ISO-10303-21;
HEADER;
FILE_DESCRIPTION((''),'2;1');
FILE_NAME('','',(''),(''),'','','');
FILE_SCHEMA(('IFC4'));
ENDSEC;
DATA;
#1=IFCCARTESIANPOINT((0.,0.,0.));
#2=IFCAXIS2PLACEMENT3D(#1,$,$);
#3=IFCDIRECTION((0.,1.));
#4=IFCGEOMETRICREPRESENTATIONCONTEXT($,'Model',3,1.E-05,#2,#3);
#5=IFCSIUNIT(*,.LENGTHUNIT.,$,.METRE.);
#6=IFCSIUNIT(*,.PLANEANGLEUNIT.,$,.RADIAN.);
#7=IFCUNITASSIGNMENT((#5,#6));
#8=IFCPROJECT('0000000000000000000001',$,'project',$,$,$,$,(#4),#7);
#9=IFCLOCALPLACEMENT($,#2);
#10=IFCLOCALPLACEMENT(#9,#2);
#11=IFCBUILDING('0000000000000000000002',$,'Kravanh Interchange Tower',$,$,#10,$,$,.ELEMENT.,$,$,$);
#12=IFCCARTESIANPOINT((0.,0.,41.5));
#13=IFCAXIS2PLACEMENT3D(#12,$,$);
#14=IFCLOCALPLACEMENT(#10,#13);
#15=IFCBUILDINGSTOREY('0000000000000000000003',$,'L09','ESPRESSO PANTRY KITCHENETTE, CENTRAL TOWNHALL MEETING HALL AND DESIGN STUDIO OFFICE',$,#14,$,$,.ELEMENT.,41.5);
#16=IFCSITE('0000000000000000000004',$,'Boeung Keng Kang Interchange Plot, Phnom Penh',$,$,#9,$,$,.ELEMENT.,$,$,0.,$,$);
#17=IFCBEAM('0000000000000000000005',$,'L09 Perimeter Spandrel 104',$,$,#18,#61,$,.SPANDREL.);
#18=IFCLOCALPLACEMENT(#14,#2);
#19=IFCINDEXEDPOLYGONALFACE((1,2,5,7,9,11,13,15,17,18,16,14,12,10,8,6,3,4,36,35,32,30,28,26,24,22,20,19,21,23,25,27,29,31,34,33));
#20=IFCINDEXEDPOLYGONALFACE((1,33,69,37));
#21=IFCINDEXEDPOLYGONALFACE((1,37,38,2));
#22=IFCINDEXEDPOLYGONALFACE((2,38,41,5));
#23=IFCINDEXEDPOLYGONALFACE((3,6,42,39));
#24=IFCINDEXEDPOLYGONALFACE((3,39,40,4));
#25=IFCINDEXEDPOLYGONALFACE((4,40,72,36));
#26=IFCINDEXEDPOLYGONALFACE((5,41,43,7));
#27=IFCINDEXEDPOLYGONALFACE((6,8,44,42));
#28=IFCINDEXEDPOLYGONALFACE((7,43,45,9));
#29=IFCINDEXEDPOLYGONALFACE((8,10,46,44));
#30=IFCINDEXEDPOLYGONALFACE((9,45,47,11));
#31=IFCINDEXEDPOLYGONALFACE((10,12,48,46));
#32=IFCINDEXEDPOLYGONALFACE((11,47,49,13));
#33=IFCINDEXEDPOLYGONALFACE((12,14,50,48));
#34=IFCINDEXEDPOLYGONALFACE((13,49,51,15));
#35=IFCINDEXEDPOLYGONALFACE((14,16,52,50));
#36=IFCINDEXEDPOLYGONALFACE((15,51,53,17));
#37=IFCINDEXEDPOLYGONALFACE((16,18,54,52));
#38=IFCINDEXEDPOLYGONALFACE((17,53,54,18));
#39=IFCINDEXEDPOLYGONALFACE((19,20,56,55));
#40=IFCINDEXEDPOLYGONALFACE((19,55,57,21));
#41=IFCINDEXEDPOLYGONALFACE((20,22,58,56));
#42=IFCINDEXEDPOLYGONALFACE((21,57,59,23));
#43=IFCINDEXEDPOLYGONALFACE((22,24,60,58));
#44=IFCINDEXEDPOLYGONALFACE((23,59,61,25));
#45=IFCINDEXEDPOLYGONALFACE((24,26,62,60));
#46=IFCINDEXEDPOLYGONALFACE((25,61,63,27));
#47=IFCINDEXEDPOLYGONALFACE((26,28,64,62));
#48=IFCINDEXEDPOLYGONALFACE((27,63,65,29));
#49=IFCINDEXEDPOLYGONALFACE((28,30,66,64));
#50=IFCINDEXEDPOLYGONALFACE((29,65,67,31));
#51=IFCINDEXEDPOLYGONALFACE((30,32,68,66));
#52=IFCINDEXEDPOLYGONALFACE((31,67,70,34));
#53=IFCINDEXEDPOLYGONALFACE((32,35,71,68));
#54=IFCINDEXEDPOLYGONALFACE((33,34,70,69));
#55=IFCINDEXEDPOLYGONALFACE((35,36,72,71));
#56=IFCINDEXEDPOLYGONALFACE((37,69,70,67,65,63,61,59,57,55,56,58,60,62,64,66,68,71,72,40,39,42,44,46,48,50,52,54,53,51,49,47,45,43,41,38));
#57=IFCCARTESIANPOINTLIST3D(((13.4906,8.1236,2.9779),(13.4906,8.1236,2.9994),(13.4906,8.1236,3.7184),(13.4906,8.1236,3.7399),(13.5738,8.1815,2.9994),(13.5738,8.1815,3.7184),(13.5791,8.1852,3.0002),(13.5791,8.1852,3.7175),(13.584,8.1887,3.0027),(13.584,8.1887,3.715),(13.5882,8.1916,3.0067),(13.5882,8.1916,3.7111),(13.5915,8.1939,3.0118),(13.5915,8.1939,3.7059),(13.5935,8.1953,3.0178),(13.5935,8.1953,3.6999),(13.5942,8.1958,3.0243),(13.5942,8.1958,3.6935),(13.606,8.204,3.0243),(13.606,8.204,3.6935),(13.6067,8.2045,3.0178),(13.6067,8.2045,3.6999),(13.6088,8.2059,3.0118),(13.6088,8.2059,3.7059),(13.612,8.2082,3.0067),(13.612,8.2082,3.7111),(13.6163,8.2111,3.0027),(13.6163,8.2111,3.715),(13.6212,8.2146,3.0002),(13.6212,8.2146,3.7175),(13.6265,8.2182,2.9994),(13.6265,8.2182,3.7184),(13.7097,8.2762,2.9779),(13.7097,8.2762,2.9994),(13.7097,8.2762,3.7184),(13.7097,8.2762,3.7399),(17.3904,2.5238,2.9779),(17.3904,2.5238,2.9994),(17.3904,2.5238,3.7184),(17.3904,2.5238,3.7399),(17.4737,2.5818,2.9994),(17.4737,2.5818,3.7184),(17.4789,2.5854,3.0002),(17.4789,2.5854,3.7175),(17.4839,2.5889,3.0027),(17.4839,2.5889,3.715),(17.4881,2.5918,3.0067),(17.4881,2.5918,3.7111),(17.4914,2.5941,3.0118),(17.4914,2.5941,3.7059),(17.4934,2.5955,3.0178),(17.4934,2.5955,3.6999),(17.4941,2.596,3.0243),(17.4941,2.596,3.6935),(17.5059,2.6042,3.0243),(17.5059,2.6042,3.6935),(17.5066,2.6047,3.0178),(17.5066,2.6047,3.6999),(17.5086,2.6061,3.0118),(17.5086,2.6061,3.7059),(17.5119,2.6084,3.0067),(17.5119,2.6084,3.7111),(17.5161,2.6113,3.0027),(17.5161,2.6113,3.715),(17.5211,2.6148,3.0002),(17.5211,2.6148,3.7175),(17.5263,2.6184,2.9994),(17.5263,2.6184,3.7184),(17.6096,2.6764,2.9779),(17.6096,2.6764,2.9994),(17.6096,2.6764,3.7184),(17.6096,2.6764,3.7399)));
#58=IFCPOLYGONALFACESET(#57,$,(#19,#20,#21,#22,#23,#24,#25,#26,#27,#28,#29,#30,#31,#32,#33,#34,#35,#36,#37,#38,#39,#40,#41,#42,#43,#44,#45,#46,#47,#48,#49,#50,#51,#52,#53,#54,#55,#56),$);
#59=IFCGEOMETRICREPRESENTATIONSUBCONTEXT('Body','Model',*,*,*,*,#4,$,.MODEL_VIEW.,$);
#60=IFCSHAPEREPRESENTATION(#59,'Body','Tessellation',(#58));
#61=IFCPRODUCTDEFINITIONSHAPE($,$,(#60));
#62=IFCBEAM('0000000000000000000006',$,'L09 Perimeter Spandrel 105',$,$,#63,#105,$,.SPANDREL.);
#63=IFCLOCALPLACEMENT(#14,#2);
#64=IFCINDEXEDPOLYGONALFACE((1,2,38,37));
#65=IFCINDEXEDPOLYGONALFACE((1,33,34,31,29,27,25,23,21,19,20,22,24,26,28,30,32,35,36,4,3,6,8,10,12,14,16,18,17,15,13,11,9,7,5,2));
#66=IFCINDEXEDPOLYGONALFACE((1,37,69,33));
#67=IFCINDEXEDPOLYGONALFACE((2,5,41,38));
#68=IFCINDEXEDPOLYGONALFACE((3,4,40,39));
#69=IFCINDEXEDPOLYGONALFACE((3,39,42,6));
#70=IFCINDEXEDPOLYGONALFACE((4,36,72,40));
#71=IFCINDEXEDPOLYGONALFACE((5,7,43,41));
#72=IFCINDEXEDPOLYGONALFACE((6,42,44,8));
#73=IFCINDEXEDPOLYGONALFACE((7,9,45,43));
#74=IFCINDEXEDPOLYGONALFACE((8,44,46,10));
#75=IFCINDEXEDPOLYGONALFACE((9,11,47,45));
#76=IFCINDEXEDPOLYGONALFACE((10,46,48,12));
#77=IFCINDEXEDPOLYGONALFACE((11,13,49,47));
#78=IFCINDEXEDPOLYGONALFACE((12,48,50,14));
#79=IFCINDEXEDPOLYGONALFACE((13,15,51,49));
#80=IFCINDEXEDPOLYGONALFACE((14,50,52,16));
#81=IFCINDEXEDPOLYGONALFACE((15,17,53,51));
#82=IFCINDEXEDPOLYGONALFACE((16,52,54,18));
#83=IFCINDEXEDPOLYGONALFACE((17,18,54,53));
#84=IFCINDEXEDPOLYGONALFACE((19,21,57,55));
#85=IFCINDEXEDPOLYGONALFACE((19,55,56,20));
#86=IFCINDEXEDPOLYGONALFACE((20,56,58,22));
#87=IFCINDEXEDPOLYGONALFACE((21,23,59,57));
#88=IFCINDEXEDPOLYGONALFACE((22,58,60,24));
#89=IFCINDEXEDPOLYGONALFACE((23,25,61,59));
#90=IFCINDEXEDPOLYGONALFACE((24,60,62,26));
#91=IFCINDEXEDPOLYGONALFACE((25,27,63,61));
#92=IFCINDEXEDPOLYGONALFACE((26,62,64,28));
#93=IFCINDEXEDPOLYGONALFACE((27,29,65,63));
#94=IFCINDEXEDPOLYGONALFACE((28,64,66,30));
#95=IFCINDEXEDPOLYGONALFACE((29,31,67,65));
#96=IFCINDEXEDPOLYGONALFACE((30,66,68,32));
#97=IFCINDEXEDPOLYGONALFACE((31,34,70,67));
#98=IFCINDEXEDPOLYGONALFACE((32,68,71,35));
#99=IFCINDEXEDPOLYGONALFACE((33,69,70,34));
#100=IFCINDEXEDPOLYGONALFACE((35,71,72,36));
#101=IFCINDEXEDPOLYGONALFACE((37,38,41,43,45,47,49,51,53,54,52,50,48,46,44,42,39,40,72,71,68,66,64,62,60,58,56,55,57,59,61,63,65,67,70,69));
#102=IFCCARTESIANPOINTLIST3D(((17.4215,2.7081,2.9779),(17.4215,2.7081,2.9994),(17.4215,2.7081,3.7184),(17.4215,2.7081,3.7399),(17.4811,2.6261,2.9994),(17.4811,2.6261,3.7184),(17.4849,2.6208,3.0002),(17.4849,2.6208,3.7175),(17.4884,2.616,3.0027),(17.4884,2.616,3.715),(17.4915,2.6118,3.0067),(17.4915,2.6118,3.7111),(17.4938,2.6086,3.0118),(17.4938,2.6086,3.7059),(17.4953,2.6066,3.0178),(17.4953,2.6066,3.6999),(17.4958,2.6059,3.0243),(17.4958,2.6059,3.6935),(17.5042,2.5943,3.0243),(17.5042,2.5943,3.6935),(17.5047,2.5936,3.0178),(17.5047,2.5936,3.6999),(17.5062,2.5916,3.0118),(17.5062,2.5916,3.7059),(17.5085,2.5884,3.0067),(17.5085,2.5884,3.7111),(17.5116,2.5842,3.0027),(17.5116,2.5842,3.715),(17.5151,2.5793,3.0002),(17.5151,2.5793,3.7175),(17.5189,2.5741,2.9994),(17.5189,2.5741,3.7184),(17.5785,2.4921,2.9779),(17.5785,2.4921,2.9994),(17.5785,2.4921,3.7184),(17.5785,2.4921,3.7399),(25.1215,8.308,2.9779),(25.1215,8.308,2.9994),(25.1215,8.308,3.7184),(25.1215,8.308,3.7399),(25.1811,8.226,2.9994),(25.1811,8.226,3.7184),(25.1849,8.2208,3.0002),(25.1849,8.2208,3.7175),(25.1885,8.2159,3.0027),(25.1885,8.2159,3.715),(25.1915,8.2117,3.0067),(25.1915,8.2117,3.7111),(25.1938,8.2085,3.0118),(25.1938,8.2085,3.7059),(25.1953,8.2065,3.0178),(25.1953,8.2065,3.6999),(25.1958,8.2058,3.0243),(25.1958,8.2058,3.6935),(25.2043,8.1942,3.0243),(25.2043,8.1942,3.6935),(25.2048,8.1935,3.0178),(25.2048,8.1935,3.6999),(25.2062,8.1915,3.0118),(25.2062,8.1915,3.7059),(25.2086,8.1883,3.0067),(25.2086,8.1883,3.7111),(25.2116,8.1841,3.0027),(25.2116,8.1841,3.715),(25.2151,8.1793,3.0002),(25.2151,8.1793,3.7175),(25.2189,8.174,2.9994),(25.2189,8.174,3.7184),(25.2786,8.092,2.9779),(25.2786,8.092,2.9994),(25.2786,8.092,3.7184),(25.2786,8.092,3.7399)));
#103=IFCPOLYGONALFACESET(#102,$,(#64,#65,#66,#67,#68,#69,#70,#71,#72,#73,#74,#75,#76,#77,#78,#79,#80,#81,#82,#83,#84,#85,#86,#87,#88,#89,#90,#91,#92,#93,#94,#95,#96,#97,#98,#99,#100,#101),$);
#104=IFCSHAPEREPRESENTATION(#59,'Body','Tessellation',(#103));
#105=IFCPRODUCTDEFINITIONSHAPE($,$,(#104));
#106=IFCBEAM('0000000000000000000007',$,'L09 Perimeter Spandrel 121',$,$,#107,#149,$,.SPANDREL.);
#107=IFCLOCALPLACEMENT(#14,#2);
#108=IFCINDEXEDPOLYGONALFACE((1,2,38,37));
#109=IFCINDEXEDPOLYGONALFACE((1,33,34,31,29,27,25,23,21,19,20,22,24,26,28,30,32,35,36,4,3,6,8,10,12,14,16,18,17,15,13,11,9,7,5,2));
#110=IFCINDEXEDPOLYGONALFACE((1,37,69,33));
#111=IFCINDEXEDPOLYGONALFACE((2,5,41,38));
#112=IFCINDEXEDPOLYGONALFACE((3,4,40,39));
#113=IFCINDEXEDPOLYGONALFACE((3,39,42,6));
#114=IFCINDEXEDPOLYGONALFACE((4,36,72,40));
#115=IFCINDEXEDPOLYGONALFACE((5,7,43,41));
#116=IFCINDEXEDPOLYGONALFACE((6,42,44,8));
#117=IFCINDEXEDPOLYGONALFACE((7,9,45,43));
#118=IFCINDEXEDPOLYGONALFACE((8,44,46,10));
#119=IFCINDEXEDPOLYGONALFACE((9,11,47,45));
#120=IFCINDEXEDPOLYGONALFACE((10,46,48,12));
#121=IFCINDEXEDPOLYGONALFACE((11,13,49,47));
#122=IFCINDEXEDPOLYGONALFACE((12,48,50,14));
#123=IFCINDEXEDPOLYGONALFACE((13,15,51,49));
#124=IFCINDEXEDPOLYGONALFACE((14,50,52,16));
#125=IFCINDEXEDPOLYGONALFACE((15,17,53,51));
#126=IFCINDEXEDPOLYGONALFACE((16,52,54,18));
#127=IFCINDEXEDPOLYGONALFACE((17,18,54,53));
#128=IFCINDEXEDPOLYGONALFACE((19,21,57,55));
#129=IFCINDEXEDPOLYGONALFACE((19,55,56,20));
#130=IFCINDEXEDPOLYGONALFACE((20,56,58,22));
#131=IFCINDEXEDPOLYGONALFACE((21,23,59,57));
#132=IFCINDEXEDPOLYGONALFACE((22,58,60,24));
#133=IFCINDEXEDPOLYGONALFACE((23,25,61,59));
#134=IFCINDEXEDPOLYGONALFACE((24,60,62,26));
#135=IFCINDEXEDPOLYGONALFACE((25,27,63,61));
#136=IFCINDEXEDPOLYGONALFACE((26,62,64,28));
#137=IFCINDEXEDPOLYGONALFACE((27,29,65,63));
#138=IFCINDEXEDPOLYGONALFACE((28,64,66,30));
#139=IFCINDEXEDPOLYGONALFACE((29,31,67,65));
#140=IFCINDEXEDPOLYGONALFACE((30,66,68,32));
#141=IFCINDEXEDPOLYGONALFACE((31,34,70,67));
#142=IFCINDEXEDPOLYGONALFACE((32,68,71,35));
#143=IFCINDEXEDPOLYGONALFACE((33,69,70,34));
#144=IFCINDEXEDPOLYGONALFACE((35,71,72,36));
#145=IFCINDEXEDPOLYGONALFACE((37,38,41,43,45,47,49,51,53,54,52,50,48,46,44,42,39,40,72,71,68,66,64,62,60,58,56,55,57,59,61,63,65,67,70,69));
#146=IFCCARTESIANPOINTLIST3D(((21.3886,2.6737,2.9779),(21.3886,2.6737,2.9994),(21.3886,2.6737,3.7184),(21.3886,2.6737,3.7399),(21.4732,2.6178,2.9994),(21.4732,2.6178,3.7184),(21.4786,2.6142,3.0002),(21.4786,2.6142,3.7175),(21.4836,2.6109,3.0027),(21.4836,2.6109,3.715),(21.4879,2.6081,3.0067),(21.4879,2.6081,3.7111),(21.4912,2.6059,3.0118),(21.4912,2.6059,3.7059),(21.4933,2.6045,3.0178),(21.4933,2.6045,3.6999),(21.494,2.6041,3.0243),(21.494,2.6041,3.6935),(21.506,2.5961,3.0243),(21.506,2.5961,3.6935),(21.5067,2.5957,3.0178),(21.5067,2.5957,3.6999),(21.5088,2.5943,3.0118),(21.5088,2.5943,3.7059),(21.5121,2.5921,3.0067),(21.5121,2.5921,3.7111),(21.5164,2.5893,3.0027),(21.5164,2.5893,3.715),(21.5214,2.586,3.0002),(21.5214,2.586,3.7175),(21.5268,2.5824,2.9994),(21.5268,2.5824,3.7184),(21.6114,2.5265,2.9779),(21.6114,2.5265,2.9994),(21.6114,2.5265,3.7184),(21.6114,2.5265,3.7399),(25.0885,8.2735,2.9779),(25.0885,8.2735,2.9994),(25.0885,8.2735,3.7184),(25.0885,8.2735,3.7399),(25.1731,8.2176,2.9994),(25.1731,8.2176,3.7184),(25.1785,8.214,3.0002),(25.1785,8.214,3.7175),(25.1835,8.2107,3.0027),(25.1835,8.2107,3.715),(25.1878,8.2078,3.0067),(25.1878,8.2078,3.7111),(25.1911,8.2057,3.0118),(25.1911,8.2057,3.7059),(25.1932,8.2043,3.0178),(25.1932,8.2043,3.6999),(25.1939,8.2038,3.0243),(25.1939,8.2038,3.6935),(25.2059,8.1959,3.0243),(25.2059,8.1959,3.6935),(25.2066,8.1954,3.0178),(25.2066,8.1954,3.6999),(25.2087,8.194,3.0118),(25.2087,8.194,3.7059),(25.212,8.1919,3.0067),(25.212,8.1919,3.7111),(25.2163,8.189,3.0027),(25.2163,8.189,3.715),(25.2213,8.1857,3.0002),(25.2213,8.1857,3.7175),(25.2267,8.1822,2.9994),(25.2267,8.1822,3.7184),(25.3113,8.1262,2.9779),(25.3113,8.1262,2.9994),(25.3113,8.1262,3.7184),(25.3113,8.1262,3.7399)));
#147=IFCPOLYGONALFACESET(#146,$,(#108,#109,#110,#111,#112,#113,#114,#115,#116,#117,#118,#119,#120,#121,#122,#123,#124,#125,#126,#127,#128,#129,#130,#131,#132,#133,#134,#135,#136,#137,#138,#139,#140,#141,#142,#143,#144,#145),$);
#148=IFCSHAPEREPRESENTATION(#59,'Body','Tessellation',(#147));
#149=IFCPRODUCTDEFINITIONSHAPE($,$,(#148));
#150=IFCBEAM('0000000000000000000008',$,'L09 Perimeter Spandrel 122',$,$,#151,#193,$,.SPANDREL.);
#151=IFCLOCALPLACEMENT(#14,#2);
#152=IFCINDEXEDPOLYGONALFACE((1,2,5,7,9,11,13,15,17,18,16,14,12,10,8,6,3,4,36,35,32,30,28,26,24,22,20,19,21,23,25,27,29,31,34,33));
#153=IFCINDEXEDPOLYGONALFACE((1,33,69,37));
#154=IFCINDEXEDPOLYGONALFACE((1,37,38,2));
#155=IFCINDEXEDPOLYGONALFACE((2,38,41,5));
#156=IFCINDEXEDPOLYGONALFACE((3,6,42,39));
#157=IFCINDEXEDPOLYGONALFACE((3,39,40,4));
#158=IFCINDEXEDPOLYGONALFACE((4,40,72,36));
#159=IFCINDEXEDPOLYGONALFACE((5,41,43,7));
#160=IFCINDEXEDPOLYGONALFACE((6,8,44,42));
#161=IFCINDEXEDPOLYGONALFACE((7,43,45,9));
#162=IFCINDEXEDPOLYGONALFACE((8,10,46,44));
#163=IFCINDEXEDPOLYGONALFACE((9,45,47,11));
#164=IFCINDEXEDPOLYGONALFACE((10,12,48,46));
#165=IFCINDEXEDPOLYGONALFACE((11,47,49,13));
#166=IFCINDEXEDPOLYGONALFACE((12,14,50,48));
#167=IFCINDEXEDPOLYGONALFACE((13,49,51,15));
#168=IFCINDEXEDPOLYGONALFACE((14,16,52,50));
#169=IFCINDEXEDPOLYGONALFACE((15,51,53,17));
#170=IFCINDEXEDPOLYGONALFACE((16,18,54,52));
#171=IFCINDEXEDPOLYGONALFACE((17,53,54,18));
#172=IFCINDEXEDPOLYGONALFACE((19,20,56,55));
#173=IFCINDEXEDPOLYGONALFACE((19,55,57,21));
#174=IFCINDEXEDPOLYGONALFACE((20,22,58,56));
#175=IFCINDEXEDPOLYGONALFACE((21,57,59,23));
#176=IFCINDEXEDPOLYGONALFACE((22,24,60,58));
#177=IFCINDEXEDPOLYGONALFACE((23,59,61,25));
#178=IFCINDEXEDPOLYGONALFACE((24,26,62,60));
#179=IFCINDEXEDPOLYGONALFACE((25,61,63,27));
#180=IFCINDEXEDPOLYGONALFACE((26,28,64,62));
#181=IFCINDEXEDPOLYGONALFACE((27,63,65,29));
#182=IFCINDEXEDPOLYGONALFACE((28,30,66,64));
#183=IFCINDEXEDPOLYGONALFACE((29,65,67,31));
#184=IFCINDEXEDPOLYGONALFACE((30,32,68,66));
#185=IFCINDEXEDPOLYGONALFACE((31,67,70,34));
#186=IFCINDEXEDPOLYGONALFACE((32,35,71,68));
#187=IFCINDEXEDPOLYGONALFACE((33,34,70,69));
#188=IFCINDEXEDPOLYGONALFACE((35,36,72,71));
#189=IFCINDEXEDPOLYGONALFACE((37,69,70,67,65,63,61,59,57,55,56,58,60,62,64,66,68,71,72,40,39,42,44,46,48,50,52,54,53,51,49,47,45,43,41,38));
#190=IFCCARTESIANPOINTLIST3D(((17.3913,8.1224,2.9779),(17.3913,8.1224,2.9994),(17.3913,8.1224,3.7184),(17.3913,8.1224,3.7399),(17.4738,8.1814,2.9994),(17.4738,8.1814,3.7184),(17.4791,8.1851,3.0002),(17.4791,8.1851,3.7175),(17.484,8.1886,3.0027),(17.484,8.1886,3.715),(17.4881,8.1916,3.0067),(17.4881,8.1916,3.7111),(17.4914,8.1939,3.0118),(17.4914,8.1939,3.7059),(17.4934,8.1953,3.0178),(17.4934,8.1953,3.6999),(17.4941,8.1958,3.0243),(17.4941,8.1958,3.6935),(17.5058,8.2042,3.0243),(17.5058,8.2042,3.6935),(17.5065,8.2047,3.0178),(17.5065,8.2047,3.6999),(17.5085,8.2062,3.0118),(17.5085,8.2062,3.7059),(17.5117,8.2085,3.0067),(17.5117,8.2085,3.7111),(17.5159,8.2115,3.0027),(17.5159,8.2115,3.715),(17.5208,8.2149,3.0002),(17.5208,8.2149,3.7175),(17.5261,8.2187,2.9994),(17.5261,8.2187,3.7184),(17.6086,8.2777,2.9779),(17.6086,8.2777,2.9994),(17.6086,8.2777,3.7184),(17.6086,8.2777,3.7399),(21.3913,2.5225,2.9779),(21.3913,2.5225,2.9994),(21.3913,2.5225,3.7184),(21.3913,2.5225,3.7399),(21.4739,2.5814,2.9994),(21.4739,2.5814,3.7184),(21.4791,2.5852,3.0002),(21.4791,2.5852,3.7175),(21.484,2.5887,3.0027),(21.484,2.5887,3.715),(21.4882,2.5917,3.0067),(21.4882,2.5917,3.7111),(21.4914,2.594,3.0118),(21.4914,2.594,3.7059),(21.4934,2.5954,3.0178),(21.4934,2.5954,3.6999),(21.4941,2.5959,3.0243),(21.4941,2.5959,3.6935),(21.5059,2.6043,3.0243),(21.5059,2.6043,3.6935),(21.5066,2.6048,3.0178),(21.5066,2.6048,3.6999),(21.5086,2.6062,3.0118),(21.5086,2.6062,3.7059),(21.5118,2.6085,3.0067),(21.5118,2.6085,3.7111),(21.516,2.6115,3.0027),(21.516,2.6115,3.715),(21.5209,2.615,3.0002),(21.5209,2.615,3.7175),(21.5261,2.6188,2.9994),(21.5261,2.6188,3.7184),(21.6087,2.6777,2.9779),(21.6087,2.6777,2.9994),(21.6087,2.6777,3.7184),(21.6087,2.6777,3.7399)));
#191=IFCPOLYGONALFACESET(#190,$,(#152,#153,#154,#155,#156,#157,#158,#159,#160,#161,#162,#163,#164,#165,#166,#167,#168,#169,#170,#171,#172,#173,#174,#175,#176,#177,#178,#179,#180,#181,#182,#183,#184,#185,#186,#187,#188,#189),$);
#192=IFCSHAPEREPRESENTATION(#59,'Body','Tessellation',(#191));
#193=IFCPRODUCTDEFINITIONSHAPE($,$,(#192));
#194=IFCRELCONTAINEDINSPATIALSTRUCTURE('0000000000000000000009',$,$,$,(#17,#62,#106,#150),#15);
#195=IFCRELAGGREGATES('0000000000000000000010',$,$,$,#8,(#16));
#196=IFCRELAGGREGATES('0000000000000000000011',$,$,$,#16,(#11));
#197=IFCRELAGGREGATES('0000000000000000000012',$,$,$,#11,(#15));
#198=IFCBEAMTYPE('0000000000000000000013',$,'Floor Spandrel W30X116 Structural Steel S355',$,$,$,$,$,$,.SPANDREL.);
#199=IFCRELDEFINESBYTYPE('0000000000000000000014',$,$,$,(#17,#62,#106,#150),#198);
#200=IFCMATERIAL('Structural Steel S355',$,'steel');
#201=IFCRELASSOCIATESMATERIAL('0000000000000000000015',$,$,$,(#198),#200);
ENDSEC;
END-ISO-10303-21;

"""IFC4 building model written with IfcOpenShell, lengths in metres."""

from ifc_helpers import new_model, si_unit, direction, frame, origin, origin_2d, place, context, subcontext, project, spatial, i_section, extrude, material, material_profile, profile_set, type_object, element, save


model = new_model("IFC4")

# Units and contexts
model_context = context("Model", 3, precision=1e-05, world=origin(), true_north=direction((0.0, 1.0)))
body_context = subcontext(model_context, "Body", "Model", "MODEL_VIEW")
ifc_project = project(units=[si_unit("LENGTHUNIT", "METRE"), si_unit("PLANEANGLEUNIT", "RADIAN")], contexts=[model_context])

# Site, building, storey
site_placement = place(None, origin())
site = spatial("IfcSite", under=ifc_project, at=site_placement, Name="Boeung Keng Kang Interchange Plot, Phnom Penh", CompositionType="ELEMENT", RefElevation=0.0)
building_placement = place(site_placement, origin())
building = spatial("IfcBuilding", under=site, at=building_placement, Name="Kravanh Interchange Tower", CompositionType="ELEMENT")
storey_placement = place(building_placement, frame((0.0, 0.0, 41.5)))
storey = spatial("IfcBuildingStorey", under=building, at=storey_placement, Name="L09", Description="ESPRESSO PANTRY KITCHENETTE, CENTRAL TOWNHALL MEETING HALL AND DESIGN STUDIO OFFICE", CompositionType="ELEMENT", Elevation=41.5)

# Beams
ifc_material_1 = material(Name="Structural Steel S355", Category="steel")
ifc_material_profile_1 = material_profile(ifc_material_1, i_section(OverallWidth=0.2671, OverallDepth=0.762, WebThickness=0.0144, FlangeThickness=0.0215, FilletRadius=0.0249, at=origin_2d()), Name="W30X116")
ifc_profile_set_1 = profile_set([ifc_material_profile_1], Name="Structural Steel S355")
beam_type_1 = type_object("IfcBeamType", Name="Floor Spandrel W30X116 Structural Steel S355", PredefinedType="SPANDREL", material=ifc_profile_set_1)
beam_1_placement = place(storey_placement, frame((17.5, 2.6001, 3.3589), z_axis=(-0.571494, 0.820606, 0.0), x_axis=(-0.820606, -0.571494, 0.0)))
element("IfcBeam", 1, at=beam_1_placement, inside=storey, type_object=beam_type_1, Name="L09 Perimeter Spandrel 104", PredefinedType="SPANDREL", context=body_context, shape_type="SweptSolid", body=[
    extrude(i_section(OverallWidth=0.2671, OverallDepth=0.762, WebThickness=0.0144, FlangeThickness=0.0215, FilletRadius=0.0249, at=origin_2d()), origin(), (0.0, 0.0, 1.0), 6.824),
])
beam_2_placement = place(storey_placement, frame((17.5, 2.6001, 3.3589), z_axis=(0.808742, 0.588164, 0.0), x_axis=(-0.588164, 0.808742, 0.0)))
element("IfcBeam", 2, at=beam_2_placement, inside=storey, type_object=beam_type_1, Name="L09 Perimeter Spandrel 105", PredefinedType="SPANDREL", context=body_context, shape_type="SweptSolid", body=[
    extrude(i_section(OverallWidth=0.2671, OverallDepth=0.762, WebThickness=0.0144, FlangeThickness=0.0215, FilletRadius=0.0249, at=origin_2d()), origin(), (0.0, 0.0, 1.0), 9.521),
])
beam_3_placement = place(storey_placement, frame((21.5, 2.6001, 3.3589), z_axis=(0.551262, 0.834332, 0.0), x_axis=(-0.834332, 0.551262, 0.0)))
element("IfcBeam", 3, at=beam_3_placement, inside=storey, type_object=beam_type_1, Name="L09 Perimeter Spandrel 121", PredefinedType="SPANDREL", context=body_context, shape_type="SweptSolid", body=[
    extrude(i_section(OverallWidth=0.2671, OverallDepth=0.762, WebThickness=0.0144, FlangeThickness=0.0215, FilletRadius=0.0249, at=origin_2d()), origin(), (0.0, 0.0, 1.0), 6.7117),
])
beam_4_placement = place(storey_placement, frame((21.5, 2.6001, 3.3589), z_axis=(-0.581248, 0.813726, 0.0), x_axis=(-0.813726, -0.581248, 0.0)))
element("IfcBeam", 4, at=beam_4_placement, inside=storey, type_object=beam_type_1, Name="L09 Perimeter Spandrel 122", PredefinedType="SPANDREL", context=body_context, shape_type="SweptSolid", body=[
    extrude(i_section(OverallWidth=0.2671, OverallDepth=0.762, WebThickness=0.0144, FlangeThickness=0.0215, FilletRadius=0.0249, at=origin_2d()), origin(), (0.0, 0.0, 1.0), 6.8818),
])

save(model, "model.ifc")
